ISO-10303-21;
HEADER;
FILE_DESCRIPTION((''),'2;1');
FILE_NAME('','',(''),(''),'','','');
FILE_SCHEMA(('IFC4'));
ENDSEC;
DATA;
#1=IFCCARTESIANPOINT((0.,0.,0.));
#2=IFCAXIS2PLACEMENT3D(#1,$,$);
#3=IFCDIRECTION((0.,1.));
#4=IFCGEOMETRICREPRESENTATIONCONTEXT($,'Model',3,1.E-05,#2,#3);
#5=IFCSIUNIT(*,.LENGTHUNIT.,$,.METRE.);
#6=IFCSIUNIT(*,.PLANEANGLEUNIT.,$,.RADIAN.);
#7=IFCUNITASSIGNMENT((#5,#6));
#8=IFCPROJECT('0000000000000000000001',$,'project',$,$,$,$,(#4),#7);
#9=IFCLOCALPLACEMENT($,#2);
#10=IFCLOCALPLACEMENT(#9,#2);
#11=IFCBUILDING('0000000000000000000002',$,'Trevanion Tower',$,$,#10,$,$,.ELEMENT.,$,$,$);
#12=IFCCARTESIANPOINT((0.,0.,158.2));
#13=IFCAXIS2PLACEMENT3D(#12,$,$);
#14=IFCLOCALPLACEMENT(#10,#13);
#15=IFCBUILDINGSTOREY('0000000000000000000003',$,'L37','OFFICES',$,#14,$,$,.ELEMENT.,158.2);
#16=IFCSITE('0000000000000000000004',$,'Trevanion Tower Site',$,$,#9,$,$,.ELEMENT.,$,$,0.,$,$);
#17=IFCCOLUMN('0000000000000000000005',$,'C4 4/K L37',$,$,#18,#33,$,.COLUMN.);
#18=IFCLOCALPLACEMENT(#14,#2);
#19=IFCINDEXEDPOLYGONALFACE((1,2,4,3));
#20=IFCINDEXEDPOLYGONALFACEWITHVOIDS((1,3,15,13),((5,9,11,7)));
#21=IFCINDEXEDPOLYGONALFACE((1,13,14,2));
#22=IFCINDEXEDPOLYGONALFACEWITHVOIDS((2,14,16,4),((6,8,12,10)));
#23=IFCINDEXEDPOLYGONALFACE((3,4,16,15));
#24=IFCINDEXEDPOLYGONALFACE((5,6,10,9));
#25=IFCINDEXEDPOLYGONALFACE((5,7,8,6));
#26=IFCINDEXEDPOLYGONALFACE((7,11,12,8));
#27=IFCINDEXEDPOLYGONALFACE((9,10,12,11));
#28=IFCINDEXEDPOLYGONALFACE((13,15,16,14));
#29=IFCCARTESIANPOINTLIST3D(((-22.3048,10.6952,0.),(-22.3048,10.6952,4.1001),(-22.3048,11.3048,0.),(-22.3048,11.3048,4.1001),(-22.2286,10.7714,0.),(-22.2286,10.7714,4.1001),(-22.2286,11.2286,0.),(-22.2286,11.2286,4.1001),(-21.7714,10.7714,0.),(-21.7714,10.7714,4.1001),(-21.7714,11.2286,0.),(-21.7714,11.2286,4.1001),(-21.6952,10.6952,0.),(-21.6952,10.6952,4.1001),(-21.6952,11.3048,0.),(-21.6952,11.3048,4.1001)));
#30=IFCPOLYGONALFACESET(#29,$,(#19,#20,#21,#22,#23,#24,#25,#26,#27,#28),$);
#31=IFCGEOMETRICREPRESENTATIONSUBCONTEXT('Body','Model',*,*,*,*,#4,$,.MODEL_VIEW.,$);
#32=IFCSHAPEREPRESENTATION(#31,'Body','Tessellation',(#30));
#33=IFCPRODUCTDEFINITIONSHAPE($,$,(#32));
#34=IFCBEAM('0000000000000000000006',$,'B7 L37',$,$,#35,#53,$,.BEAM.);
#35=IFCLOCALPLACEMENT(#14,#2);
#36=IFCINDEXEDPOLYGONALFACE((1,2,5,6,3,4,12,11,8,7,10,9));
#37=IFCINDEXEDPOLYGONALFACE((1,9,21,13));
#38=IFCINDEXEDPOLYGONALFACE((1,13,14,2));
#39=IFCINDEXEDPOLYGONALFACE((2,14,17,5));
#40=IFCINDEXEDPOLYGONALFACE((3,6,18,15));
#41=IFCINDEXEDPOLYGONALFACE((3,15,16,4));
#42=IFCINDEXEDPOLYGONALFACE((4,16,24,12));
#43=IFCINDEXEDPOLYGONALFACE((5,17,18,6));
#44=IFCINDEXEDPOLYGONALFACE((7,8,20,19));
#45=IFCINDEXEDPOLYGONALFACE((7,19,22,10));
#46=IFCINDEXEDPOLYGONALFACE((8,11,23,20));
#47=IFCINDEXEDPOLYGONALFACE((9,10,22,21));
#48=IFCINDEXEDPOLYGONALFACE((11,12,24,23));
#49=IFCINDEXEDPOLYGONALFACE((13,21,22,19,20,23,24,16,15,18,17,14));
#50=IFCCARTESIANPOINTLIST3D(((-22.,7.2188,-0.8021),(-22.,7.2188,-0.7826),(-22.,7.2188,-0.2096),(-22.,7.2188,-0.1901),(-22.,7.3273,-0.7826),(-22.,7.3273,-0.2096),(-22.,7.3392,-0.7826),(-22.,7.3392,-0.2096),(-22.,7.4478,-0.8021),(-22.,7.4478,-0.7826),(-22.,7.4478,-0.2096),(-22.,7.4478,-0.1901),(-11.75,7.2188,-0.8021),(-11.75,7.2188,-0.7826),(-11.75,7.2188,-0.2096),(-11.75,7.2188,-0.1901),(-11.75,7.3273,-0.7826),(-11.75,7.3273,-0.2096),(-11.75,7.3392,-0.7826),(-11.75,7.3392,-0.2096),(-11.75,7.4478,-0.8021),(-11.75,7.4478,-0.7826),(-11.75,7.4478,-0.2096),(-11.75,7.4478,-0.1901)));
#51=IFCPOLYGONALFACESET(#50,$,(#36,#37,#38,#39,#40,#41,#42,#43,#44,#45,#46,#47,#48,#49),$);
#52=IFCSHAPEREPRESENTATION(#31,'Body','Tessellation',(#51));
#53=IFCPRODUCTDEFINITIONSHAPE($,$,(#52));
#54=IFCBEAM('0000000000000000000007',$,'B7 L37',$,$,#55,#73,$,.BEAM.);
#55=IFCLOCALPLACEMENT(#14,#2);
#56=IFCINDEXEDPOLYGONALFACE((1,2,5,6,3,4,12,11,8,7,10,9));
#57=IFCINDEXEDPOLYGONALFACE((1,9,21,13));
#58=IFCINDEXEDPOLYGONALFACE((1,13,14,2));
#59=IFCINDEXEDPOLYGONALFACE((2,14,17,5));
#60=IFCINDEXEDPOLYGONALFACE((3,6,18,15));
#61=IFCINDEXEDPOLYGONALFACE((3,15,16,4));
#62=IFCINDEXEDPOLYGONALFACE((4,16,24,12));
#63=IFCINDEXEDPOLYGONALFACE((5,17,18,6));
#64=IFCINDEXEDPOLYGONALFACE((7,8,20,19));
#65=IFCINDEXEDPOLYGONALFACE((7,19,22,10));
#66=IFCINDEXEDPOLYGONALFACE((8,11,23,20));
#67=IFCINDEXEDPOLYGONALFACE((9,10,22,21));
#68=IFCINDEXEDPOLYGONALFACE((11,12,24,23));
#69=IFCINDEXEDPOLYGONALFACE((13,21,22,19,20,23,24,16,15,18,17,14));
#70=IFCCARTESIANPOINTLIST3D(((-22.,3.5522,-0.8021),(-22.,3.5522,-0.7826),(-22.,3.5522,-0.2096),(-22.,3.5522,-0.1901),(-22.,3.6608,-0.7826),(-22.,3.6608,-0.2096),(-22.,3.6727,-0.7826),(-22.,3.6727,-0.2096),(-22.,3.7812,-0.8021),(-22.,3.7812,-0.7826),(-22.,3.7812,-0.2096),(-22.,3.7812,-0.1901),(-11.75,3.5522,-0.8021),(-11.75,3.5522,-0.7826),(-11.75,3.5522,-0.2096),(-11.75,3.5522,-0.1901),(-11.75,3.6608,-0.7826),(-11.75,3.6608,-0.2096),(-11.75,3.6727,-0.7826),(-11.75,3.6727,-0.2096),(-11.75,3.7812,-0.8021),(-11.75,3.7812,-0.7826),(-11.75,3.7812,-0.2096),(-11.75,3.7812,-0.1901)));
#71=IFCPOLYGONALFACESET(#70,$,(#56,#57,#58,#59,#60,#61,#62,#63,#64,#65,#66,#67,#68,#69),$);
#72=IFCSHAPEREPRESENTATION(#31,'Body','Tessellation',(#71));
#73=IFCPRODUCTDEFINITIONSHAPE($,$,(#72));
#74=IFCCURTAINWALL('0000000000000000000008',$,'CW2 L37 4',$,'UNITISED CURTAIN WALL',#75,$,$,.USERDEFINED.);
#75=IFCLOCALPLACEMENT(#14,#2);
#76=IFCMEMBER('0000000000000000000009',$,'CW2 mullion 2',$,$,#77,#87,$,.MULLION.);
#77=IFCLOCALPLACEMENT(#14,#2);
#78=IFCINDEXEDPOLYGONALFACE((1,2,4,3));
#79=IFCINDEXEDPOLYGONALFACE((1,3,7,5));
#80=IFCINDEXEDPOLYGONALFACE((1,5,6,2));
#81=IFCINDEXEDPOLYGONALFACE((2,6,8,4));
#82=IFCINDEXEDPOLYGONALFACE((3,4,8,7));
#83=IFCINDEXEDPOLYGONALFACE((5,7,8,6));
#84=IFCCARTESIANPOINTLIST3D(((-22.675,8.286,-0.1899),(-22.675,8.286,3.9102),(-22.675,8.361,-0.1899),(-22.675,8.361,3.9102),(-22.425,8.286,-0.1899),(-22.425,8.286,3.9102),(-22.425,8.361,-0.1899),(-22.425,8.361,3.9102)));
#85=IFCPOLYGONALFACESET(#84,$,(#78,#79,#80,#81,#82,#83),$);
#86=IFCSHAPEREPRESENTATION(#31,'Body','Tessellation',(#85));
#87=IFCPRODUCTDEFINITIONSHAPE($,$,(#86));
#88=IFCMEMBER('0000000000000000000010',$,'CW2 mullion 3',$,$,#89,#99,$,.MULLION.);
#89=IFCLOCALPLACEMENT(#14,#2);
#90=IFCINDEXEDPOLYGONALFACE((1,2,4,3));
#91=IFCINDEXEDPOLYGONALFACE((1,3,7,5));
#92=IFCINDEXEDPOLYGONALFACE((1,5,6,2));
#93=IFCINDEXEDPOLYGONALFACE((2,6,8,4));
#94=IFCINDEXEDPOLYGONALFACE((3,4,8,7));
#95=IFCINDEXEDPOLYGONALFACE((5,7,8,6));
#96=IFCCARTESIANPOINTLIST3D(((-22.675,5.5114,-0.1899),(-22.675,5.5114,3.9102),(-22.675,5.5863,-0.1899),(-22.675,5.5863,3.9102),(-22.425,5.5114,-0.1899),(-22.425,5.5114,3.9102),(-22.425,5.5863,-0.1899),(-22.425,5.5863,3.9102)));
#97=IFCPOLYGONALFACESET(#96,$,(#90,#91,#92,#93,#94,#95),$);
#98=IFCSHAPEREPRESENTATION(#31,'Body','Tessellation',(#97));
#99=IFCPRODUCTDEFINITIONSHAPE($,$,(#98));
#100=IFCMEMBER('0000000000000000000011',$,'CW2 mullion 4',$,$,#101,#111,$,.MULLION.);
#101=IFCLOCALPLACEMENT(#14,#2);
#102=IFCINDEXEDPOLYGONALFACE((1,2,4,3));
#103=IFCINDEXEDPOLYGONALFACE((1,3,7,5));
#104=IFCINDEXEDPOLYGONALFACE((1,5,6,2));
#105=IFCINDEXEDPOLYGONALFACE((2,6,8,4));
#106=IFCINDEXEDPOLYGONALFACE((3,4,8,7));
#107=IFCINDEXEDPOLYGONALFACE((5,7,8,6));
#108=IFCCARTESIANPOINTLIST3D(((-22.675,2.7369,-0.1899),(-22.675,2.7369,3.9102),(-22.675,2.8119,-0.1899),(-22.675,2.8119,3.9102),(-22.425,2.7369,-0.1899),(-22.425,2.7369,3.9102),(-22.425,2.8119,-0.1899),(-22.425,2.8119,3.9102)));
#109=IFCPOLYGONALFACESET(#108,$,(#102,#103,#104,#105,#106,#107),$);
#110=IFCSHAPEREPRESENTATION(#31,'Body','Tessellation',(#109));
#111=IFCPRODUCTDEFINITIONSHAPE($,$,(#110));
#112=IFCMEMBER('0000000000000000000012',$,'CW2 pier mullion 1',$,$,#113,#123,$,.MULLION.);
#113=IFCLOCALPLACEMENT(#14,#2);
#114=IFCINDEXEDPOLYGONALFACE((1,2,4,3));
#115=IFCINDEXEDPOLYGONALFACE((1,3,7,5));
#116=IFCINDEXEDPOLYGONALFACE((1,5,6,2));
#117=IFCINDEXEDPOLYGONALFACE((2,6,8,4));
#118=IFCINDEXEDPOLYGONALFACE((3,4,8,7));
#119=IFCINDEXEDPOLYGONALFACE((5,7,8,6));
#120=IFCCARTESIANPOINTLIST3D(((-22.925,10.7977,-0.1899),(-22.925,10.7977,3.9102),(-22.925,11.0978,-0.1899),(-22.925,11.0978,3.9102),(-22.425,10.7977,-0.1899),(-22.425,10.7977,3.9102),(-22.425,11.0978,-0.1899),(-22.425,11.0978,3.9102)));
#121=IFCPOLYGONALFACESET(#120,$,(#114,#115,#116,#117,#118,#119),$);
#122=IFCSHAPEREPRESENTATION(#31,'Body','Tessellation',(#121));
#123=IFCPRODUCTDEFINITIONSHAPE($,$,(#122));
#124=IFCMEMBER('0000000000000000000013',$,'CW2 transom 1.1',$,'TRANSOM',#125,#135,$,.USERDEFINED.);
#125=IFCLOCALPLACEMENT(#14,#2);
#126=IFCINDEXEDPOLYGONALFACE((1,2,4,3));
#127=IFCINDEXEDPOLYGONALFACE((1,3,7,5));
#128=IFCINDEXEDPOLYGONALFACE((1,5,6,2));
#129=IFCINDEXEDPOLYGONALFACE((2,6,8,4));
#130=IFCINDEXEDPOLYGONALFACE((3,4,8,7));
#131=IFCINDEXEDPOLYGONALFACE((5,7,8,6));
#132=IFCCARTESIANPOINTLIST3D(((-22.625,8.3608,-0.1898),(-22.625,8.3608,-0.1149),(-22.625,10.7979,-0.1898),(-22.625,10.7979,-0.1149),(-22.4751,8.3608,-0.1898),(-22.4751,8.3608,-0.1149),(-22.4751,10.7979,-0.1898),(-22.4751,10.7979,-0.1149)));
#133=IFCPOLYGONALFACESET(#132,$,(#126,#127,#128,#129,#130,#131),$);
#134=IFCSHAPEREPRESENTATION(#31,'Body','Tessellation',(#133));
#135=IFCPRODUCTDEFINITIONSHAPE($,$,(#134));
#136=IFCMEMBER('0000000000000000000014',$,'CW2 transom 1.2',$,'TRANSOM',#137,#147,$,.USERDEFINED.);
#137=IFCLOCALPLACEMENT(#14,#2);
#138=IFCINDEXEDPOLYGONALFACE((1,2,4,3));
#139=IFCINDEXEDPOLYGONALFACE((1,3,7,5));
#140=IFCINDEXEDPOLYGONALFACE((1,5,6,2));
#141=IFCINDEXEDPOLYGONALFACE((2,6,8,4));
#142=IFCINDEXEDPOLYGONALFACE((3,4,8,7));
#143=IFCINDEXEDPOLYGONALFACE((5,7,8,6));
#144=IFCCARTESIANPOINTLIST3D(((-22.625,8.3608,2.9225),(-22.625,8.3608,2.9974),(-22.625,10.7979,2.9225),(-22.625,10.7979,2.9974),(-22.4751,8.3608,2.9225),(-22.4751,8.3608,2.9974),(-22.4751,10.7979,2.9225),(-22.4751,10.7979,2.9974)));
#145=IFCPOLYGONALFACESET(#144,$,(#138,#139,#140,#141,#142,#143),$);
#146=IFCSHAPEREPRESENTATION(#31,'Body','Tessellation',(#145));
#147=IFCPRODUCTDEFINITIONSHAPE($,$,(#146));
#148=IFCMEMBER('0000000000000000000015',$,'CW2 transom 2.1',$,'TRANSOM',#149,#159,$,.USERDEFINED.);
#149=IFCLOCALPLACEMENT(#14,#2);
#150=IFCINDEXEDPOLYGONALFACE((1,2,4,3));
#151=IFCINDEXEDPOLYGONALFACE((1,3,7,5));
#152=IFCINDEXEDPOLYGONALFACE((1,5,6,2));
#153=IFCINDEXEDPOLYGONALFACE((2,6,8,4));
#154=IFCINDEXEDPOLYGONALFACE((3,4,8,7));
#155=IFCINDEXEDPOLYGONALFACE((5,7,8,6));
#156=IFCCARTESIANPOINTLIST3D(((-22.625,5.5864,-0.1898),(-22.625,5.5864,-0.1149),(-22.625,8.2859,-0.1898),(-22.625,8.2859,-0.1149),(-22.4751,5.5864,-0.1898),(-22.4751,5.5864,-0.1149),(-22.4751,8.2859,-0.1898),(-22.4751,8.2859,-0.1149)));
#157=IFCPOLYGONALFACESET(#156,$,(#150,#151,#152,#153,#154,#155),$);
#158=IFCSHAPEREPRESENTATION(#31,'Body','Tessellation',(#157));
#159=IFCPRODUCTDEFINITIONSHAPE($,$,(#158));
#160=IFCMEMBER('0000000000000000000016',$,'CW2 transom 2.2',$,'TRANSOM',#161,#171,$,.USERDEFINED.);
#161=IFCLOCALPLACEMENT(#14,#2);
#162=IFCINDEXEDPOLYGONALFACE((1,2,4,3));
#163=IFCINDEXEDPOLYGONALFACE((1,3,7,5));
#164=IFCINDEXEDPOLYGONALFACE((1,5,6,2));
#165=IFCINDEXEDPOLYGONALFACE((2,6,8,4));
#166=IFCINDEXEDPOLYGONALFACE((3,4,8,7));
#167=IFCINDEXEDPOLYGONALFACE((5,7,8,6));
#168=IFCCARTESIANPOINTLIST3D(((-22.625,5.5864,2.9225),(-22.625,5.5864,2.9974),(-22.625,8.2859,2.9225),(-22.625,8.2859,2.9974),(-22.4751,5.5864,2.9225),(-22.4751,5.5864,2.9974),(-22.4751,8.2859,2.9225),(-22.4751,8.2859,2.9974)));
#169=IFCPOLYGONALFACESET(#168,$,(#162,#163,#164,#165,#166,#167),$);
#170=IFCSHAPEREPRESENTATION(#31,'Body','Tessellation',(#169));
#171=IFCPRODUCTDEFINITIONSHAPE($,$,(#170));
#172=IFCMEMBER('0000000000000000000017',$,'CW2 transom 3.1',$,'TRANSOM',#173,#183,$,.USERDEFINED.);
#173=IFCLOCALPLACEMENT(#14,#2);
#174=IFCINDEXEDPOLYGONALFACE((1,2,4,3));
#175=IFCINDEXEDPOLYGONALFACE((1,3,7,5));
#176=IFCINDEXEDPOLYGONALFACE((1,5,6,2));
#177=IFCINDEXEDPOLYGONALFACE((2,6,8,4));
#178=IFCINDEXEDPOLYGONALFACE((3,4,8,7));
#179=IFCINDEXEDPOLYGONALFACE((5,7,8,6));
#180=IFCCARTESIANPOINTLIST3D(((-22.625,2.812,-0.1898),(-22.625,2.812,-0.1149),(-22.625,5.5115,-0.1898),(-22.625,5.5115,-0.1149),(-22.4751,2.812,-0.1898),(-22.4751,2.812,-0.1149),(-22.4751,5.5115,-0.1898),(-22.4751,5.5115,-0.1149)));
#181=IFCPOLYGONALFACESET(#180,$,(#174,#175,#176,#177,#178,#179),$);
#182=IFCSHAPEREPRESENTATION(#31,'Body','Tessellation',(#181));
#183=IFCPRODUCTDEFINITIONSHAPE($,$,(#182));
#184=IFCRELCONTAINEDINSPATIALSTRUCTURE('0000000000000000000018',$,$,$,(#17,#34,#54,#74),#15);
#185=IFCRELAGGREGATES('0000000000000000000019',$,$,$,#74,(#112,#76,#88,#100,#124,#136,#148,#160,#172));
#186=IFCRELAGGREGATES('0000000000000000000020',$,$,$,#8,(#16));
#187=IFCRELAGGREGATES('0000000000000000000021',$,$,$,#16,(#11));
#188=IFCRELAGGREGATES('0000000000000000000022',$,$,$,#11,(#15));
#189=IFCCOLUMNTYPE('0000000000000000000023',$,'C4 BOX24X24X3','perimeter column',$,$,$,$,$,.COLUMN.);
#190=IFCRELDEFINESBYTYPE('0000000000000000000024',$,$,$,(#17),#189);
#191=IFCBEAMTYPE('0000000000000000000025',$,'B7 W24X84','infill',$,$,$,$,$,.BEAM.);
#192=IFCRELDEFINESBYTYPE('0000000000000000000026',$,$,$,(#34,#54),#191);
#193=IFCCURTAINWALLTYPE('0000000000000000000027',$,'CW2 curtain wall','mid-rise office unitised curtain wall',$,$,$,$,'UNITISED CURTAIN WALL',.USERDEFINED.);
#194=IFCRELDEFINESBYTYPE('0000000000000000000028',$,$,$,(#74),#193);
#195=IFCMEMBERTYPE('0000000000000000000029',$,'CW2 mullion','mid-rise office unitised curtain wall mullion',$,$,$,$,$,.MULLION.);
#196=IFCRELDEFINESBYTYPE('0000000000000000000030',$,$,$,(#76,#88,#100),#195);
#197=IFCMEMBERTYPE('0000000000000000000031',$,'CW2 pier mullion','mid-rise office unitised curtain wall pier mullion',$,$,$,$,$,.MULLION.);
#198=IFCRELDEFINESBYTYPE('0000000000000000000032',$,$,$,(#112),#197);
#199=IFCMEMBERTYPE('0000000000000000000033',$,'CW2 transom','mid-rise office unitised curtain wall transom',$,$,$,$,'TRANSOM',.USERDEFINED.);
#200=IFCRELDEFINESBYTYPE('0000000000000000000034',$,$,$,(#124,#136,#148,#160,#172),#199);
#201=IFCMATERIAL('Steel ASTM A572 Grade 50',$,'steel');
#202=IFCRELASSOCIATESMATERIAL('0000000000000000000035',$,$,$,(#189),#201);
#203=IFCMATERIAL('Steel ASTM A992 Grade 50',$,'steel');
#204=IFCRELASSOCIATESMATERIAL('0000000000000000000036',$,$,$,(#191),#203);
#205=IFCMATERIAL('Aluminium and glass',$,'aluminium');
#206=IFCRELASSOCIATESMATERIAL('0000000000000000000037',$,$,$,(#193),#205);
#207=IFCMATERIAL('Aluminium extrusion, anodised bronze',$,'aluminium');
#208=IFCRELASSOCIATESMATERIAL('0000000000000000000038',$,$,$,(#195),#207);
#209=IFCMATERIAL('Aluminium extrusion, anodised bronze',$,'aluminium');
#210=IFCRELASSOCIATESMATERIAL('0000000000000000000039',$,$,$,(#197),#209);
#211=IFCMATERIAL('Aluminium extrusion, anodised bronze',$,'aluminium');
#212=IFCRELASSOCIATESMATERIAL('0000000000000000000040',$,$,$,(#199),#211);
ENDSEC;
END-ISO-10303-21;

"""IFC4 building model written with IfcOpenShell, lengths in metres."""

from ifc_helpers import new_model, si_unit, direction, frame, origin, origin_2d, place, context, subcontext, project, spatial, rectangle, hollow_rectangle, i_section, extrude, material, material_profile, profile_set, type_object, element, aggregate, save


model = new_model("IFC4")

# Units and contexts
model_context = context("Model", 3, precision=1e-05, world=origin(), true_north=direction((0.0, 1.0)))
body_context = subcontext(model_context, "Body", "Model", "MODEL_VIEW")
ifc_project = project(units=[si_unit("LENGTHUNIT", "METRE"), si_unit("PLANEANGLEUNIT", "RADIAN")], contexts=[model_context])

# Site, building, storey
site_placement = place(None, origin())
site = spatial("IfcSite", under=ifc_project, at=site_placement, Name="Trevanion Tower Site", CompositionType="ELEMENT", RefElevation=0.0)
building_placement = place(site_placement, origin())
building = spatial("IfcBuilding", under=site, at=building_placement, Name="Trevanion Tower", CompositionType="ELEMENT")
storey_placement = place(building_placement, frame((0.0, 0.0, 158.2)))
storey = spatial("IfcBuildingStorey", under=building, at=storey_placement, Name="L37", Description="OFFICES", CompositionType="ELEMENT", Elevation=158.2)

# Column
ifc_material_1 = material(Name="Steel ASTM A572 Grade 50", Category="steel")
ifc_material_profile_1 = material_profile(ifc_material_1, hollow_rectangle(XDim=0.6096, YDim=0.6096, WallThickness=0.0762, at=origin_2d()), Name="BOX24X24X3")
ifc_profile_set_1 = profile_set([ifc_material_profile_1], Name="Steel ASTM A572 Grade 50")
column_type = type_object("IfcColumnType", Name="C4 BOX24X24X3", Description="perimeter column", PredefinedType="COLUMN", material=ifc_profile_set_1)
column_placement = place(storey_placement, frame((-22.0, 11.0, 0.0), z_axis=(0.0, 0.0, 1.0), x_axis=(0.0, 1.0, 0.0)))
element("IfcColumn", 1, at=column_placement, inside=storey, type_object=column_type, Name="C4 4/K L37", PredefinedType="COLUMN", context=body_context, shape_type="SweptSolid", body=[
    extrude(hollow_rectangle(XDim=0.6096, YDim=0.6096, WallThickness=0.0762, at=origin_2d()), origin(), (0.0, 0.0, 1.0), 4.1001),
])

# Beams
ifc_material_2 = material(Name="Steel ASTM A992 Grade 50", Category="steel")
ifc_material_profile_2 = material_profile(ifc_material_2, i_section(OverallWidth=0.229, OverallDepth=0.6121, WebThickness=0.012, FlangeThickness=0.0195, at=origin_2d()), Name="W24X84")
ifc_profile_set_2 = profile_set([ifc_material_profile_2], Name="Steel ASTM A992 Grade 50")
beam_type_1 = type_object("IfcBeamType", Name="B7 W24X84", Description="infill", PredefinedType="BEAM", material=ifc_profile_set_2)
for number, where, z_axis, x_axis, name in (
    (2, (-11.75, 7.3333, -0.4961), (-1.0, 0.0, 0.0), (0.0, -1.0, 0.0), "B7 L37"),
    (3, (-11.75, 3.6667, -0.4961), (-1.0, 0.0, 0.0), (0.0, -1.0, 0.0), "B7 L37"),
):
    element("IfcBeam", number, at=place(storey_placement, frame(where, z_axis=z_axis, x_axis=x_axis)), inside=storey, type_object=beam_type_1, Name=name, PredefinedType="BEAM", context=body_context, shape_type="SweptSolid", body=[
        extrude(i_section(OverallWidth=0.229, OverallDepth=0.6121, WebThickness=0.012, FlangeThickness=0.0195, at=origin_2d()), origin(), (0.0, 0.0, 1.0), 10.25),
    ])

# Curtain wall, members
ifc_material_3 = material(Name="Aluminium and glass", Category="aluminium")
curtain_wall_type = type_object("IfcCurtainWallType", Name="CW2 curtain wall", Description="mid-rise office unitised curtain wall", ElementType="UNITISED CURTAIN WALL", PredefinedType="USERDEFINED", material=ifc_material_3)
curtain_wall_placement = place(storey_placement, origin())
curtain_wall = element("IfcCurtainWall", 4, at=curtain_wall_placement, inside=storey, type_object=curtain_wall_type, Name="CW2 L37 4", ObjectType="UNITISED CURTAIN WALL", PredefinedType="USERDEFINED")
ifc_material_4 = material(Name="Aluminium extrusion, anodised bronze", Category="aluminium")
ifc_material_profile_3 = material_profile(ifc_material_4, rectangle(XDim=0.075, YDim=0.25, at=origin_2d()), Name="CW2 mullion")
ifc_profile_set_3 = profile_set([ifc_material_profile_3], Name="Aluminium extrusion, anodised bronze")
member_type_1 = type_object("IfcMemberType", Name="CW2 mullion", Description="mid-rise office unitised curtain wall mullion", PredefinedType="MULLION", material=ifc_profile_set_3)
member_1_placement = place(storey_placement, frame((-22.55, 8.3235, -0.1899), z_axis=(0.0, 0.0, 1.0), x_axis=(0.0, -1.0, 0.0)))
member_1 = element("IfcMember", 5, at=member_1_placement, type_object=member_type_1, Name="CW2 mullion 2", PredefinedType="MULLION", context=body_context, shape_type="SweptSolid", body=[
    extrude(rectangle(XDim=0.075, YDim=0.25, at=origin_2d()), origin(), (0.0, 0.0, 1.0), 4.1001),
])
member_2_placement = place(storey_placement, frame((-22.55, 5.5488, -0.1899), z_axis=(0.0, 0.0, 1.0), x_axis=(0.0, -1.0, 0.0)))
member_2 = element("IfcMember", 6, at=member_2_placement, type_object=member_type_1, Name="CW2 mullion 3", PredefinedType="MULLION", context=body_context, shape_type="SweptSolid", body=[
    extrude(rectangle(XDim=0.075, YDim=0.25, at=origin_2d()), origin(), (0.0, 0.0, 1.0), 4.1001),
])
member_3_placement = place(storey_placement, frame((-22.55, 2.7744, -0.1899), z_axis=(0.0, 0.0, 1.0), x_axis=(0.0, -1.0, 0.0)))
member_3 = element("IfcMember", 7, at=member_3_placement, type_object=member_type_1, Name="CW2 mullion 4", PredefinedType="MULLION", context=body_context, shape_type="SweptSolid", body=[
    extrude(rectangle(XDim=0.075, YDim=0.25, at=origin_2d()), origin(), (0.0, 0.0, 1.0), 4.1001),
])
ifc_material_5 = material(Name="Aluminium extrusion, anodised bronze", Category="aluminium")
ifc_material_profile_4 = material_profile(ifc_material_5, rectangle(XDim=0.3, YDim=0.5, at=origin_2d()), Name="CW2 pier mullion")
ifc_profile_set_4 = profile_set([ifc_material_profile_4], Name="Aluminium extrusion, anodised bronze")
member_type_2 = type_object("IfcMemberType", Name="CW2 pier mullion", Description="mid-rise office unitised curtain wall pier mullion", PredefinedType="MULLION", material=ifc_profile_set_4)
member_4_placement = place(storey_placement, frame((-22.675, 10.9478, -0.1899), z_axis=(0.0, 0.0, 1.0), x_axis=(0.0, -1.0, 0.0)))
member_4 = element("IfcMember", 8, at=member_4_placement, type_object=member_type_2, Name="CW2 pier mullion 1", PredefinedType="MULLION", context=body_context, shape_type="SweptSolid", body=[
    extrude(rectangle(XDim=0.3, YDim=0.5, at=origin_2d()), origin(), (0.0, 0.0, 1.0), 4.1001),
])
ifc_material_6 = material(Name="Aluminium extrusion, anodised bronze", Category="aluminium")
ifc_material_profile_5 = material_profile(ifc_material_6, rectangle(XDim=0.1499, YDim=0.075, at=origin_2d()), Name="CW2 transom")
ifc_profile_set_5 = profile_set([ifc_material_profile_5], Name="Aluminium extrusion, anodised bronze")
member_type_3 = type_object("IfcMemberType", Name="CW2 transom", Description="mid-rise office unitised curtain wall transom", ElementType="TRANSOM", PredefinedType="USERDEFINED", material=ifc_profile_set_5)
member_5_placement = place(storey_placement, frame((-22.55, 10.7979, -0.1523), z_axis=(0.0, -1.0, 0.0), x_axis=(1.0, 0.0, 0.0)))
member_5 = element("IfcMember", 9, at=member_5_placement, type_object=member_type_3, Name="CW2 transom 1.1", ObjectType="TRANSOM", PredefinedType="USERDEFINED", context=body_context, shape_type="SweptSolid", body=[
    extrude(rectangle(XDim=0.1499, YDim=0.075, at=origin_2d()), origin(), (0.0, 0.0, 1.0), 2.437),
])
member_6_placement = place(storey_placement, frame((-22.55, 10.7979, 2.96), z_axis=(0.0, -1.0, 0.0), x_axis=(1.0, 0.0, 0.0)))
member_6 = element("IfcMember", 10, at=member_6_placement, type_object=member_type_3, Name="CW2 transom 1.2", ObjectType="TRANSOM", PredefinedType="USERDEFINED", context=body_context, shape_type="SweptSolid", body=[
    extrude(rectangle(XDim=0.1499, YDim=0.075, at=origin_2d()), origin(), (0.0, 0.0, 1.0), 2.437),
])
member_7_placement = place(storey_placement, frame((-22.55, 8.2859, -0.1523), z_axis=(0.0, -1.0, 0.0), x_axis=(1.0, 0.0, 0.0)))
member_7 = element("IfcMember", 11, at=member_7_placement, type_object=member_type_3, Name="CW2 transom 2.1", ObjectType="TRANSOM", PredefinedType="USERDEFINED", context=body_context, shape_type="SweptSolid", body=[
    extrude(rectangle(XDim=0.1499, YDim=0.075, at=origin_2d()), origin(), (0.0, 0.0, 1.0), 2.6995),
])
member_8_placement = place(storey_placement, frame((-22.55, 8.2859, 2.96), z_axis=(0.0, -1.0, 0.0), x_axis=(1.0, 0.0, 0.0)))
member_8 = element("IfcMember", 12, at=member_8_placement, type_object=member_type_3, Name="CW2 transom 2.2", ObjectType="TRANSOM", PredefinedType="USERDEFINED", context=body_context, shape_type="SweptSolid", body=[
    extrude(rectangle(XDim=0.1499, YDim=0.075, at=origin_2d()), origin(), (0.0, 0.0, 1.0), 2.6995),
])
member_9_placement = place(storey_placement, frame((-22.55, 5.5115, -0.1523), z_axis=(0.0, -1.0, 0.0), x_axis=(1.0, 0.0, 0.0)))
member_9 = element("IfcMember", 13, at=member_9_placement, type_object=member_type_3, Name="CW2 transom 3.1", ObjectType="TRANSOM", PredefinedType="USERDEFINED", context=body_context, shape_type="SweptSolid", body=[
    extrude(rectangle(XDim=0.1499, YDim=0.075, at=origin_2d()), origin(), (0.0, 0.0, 1.0), 2.6995),
])

aggregate(curtain_wall, [member_4, member_1, member_2, member_3, member_5, member_6, member_7, member_8, member_9])

save(model, "model.ifc")
